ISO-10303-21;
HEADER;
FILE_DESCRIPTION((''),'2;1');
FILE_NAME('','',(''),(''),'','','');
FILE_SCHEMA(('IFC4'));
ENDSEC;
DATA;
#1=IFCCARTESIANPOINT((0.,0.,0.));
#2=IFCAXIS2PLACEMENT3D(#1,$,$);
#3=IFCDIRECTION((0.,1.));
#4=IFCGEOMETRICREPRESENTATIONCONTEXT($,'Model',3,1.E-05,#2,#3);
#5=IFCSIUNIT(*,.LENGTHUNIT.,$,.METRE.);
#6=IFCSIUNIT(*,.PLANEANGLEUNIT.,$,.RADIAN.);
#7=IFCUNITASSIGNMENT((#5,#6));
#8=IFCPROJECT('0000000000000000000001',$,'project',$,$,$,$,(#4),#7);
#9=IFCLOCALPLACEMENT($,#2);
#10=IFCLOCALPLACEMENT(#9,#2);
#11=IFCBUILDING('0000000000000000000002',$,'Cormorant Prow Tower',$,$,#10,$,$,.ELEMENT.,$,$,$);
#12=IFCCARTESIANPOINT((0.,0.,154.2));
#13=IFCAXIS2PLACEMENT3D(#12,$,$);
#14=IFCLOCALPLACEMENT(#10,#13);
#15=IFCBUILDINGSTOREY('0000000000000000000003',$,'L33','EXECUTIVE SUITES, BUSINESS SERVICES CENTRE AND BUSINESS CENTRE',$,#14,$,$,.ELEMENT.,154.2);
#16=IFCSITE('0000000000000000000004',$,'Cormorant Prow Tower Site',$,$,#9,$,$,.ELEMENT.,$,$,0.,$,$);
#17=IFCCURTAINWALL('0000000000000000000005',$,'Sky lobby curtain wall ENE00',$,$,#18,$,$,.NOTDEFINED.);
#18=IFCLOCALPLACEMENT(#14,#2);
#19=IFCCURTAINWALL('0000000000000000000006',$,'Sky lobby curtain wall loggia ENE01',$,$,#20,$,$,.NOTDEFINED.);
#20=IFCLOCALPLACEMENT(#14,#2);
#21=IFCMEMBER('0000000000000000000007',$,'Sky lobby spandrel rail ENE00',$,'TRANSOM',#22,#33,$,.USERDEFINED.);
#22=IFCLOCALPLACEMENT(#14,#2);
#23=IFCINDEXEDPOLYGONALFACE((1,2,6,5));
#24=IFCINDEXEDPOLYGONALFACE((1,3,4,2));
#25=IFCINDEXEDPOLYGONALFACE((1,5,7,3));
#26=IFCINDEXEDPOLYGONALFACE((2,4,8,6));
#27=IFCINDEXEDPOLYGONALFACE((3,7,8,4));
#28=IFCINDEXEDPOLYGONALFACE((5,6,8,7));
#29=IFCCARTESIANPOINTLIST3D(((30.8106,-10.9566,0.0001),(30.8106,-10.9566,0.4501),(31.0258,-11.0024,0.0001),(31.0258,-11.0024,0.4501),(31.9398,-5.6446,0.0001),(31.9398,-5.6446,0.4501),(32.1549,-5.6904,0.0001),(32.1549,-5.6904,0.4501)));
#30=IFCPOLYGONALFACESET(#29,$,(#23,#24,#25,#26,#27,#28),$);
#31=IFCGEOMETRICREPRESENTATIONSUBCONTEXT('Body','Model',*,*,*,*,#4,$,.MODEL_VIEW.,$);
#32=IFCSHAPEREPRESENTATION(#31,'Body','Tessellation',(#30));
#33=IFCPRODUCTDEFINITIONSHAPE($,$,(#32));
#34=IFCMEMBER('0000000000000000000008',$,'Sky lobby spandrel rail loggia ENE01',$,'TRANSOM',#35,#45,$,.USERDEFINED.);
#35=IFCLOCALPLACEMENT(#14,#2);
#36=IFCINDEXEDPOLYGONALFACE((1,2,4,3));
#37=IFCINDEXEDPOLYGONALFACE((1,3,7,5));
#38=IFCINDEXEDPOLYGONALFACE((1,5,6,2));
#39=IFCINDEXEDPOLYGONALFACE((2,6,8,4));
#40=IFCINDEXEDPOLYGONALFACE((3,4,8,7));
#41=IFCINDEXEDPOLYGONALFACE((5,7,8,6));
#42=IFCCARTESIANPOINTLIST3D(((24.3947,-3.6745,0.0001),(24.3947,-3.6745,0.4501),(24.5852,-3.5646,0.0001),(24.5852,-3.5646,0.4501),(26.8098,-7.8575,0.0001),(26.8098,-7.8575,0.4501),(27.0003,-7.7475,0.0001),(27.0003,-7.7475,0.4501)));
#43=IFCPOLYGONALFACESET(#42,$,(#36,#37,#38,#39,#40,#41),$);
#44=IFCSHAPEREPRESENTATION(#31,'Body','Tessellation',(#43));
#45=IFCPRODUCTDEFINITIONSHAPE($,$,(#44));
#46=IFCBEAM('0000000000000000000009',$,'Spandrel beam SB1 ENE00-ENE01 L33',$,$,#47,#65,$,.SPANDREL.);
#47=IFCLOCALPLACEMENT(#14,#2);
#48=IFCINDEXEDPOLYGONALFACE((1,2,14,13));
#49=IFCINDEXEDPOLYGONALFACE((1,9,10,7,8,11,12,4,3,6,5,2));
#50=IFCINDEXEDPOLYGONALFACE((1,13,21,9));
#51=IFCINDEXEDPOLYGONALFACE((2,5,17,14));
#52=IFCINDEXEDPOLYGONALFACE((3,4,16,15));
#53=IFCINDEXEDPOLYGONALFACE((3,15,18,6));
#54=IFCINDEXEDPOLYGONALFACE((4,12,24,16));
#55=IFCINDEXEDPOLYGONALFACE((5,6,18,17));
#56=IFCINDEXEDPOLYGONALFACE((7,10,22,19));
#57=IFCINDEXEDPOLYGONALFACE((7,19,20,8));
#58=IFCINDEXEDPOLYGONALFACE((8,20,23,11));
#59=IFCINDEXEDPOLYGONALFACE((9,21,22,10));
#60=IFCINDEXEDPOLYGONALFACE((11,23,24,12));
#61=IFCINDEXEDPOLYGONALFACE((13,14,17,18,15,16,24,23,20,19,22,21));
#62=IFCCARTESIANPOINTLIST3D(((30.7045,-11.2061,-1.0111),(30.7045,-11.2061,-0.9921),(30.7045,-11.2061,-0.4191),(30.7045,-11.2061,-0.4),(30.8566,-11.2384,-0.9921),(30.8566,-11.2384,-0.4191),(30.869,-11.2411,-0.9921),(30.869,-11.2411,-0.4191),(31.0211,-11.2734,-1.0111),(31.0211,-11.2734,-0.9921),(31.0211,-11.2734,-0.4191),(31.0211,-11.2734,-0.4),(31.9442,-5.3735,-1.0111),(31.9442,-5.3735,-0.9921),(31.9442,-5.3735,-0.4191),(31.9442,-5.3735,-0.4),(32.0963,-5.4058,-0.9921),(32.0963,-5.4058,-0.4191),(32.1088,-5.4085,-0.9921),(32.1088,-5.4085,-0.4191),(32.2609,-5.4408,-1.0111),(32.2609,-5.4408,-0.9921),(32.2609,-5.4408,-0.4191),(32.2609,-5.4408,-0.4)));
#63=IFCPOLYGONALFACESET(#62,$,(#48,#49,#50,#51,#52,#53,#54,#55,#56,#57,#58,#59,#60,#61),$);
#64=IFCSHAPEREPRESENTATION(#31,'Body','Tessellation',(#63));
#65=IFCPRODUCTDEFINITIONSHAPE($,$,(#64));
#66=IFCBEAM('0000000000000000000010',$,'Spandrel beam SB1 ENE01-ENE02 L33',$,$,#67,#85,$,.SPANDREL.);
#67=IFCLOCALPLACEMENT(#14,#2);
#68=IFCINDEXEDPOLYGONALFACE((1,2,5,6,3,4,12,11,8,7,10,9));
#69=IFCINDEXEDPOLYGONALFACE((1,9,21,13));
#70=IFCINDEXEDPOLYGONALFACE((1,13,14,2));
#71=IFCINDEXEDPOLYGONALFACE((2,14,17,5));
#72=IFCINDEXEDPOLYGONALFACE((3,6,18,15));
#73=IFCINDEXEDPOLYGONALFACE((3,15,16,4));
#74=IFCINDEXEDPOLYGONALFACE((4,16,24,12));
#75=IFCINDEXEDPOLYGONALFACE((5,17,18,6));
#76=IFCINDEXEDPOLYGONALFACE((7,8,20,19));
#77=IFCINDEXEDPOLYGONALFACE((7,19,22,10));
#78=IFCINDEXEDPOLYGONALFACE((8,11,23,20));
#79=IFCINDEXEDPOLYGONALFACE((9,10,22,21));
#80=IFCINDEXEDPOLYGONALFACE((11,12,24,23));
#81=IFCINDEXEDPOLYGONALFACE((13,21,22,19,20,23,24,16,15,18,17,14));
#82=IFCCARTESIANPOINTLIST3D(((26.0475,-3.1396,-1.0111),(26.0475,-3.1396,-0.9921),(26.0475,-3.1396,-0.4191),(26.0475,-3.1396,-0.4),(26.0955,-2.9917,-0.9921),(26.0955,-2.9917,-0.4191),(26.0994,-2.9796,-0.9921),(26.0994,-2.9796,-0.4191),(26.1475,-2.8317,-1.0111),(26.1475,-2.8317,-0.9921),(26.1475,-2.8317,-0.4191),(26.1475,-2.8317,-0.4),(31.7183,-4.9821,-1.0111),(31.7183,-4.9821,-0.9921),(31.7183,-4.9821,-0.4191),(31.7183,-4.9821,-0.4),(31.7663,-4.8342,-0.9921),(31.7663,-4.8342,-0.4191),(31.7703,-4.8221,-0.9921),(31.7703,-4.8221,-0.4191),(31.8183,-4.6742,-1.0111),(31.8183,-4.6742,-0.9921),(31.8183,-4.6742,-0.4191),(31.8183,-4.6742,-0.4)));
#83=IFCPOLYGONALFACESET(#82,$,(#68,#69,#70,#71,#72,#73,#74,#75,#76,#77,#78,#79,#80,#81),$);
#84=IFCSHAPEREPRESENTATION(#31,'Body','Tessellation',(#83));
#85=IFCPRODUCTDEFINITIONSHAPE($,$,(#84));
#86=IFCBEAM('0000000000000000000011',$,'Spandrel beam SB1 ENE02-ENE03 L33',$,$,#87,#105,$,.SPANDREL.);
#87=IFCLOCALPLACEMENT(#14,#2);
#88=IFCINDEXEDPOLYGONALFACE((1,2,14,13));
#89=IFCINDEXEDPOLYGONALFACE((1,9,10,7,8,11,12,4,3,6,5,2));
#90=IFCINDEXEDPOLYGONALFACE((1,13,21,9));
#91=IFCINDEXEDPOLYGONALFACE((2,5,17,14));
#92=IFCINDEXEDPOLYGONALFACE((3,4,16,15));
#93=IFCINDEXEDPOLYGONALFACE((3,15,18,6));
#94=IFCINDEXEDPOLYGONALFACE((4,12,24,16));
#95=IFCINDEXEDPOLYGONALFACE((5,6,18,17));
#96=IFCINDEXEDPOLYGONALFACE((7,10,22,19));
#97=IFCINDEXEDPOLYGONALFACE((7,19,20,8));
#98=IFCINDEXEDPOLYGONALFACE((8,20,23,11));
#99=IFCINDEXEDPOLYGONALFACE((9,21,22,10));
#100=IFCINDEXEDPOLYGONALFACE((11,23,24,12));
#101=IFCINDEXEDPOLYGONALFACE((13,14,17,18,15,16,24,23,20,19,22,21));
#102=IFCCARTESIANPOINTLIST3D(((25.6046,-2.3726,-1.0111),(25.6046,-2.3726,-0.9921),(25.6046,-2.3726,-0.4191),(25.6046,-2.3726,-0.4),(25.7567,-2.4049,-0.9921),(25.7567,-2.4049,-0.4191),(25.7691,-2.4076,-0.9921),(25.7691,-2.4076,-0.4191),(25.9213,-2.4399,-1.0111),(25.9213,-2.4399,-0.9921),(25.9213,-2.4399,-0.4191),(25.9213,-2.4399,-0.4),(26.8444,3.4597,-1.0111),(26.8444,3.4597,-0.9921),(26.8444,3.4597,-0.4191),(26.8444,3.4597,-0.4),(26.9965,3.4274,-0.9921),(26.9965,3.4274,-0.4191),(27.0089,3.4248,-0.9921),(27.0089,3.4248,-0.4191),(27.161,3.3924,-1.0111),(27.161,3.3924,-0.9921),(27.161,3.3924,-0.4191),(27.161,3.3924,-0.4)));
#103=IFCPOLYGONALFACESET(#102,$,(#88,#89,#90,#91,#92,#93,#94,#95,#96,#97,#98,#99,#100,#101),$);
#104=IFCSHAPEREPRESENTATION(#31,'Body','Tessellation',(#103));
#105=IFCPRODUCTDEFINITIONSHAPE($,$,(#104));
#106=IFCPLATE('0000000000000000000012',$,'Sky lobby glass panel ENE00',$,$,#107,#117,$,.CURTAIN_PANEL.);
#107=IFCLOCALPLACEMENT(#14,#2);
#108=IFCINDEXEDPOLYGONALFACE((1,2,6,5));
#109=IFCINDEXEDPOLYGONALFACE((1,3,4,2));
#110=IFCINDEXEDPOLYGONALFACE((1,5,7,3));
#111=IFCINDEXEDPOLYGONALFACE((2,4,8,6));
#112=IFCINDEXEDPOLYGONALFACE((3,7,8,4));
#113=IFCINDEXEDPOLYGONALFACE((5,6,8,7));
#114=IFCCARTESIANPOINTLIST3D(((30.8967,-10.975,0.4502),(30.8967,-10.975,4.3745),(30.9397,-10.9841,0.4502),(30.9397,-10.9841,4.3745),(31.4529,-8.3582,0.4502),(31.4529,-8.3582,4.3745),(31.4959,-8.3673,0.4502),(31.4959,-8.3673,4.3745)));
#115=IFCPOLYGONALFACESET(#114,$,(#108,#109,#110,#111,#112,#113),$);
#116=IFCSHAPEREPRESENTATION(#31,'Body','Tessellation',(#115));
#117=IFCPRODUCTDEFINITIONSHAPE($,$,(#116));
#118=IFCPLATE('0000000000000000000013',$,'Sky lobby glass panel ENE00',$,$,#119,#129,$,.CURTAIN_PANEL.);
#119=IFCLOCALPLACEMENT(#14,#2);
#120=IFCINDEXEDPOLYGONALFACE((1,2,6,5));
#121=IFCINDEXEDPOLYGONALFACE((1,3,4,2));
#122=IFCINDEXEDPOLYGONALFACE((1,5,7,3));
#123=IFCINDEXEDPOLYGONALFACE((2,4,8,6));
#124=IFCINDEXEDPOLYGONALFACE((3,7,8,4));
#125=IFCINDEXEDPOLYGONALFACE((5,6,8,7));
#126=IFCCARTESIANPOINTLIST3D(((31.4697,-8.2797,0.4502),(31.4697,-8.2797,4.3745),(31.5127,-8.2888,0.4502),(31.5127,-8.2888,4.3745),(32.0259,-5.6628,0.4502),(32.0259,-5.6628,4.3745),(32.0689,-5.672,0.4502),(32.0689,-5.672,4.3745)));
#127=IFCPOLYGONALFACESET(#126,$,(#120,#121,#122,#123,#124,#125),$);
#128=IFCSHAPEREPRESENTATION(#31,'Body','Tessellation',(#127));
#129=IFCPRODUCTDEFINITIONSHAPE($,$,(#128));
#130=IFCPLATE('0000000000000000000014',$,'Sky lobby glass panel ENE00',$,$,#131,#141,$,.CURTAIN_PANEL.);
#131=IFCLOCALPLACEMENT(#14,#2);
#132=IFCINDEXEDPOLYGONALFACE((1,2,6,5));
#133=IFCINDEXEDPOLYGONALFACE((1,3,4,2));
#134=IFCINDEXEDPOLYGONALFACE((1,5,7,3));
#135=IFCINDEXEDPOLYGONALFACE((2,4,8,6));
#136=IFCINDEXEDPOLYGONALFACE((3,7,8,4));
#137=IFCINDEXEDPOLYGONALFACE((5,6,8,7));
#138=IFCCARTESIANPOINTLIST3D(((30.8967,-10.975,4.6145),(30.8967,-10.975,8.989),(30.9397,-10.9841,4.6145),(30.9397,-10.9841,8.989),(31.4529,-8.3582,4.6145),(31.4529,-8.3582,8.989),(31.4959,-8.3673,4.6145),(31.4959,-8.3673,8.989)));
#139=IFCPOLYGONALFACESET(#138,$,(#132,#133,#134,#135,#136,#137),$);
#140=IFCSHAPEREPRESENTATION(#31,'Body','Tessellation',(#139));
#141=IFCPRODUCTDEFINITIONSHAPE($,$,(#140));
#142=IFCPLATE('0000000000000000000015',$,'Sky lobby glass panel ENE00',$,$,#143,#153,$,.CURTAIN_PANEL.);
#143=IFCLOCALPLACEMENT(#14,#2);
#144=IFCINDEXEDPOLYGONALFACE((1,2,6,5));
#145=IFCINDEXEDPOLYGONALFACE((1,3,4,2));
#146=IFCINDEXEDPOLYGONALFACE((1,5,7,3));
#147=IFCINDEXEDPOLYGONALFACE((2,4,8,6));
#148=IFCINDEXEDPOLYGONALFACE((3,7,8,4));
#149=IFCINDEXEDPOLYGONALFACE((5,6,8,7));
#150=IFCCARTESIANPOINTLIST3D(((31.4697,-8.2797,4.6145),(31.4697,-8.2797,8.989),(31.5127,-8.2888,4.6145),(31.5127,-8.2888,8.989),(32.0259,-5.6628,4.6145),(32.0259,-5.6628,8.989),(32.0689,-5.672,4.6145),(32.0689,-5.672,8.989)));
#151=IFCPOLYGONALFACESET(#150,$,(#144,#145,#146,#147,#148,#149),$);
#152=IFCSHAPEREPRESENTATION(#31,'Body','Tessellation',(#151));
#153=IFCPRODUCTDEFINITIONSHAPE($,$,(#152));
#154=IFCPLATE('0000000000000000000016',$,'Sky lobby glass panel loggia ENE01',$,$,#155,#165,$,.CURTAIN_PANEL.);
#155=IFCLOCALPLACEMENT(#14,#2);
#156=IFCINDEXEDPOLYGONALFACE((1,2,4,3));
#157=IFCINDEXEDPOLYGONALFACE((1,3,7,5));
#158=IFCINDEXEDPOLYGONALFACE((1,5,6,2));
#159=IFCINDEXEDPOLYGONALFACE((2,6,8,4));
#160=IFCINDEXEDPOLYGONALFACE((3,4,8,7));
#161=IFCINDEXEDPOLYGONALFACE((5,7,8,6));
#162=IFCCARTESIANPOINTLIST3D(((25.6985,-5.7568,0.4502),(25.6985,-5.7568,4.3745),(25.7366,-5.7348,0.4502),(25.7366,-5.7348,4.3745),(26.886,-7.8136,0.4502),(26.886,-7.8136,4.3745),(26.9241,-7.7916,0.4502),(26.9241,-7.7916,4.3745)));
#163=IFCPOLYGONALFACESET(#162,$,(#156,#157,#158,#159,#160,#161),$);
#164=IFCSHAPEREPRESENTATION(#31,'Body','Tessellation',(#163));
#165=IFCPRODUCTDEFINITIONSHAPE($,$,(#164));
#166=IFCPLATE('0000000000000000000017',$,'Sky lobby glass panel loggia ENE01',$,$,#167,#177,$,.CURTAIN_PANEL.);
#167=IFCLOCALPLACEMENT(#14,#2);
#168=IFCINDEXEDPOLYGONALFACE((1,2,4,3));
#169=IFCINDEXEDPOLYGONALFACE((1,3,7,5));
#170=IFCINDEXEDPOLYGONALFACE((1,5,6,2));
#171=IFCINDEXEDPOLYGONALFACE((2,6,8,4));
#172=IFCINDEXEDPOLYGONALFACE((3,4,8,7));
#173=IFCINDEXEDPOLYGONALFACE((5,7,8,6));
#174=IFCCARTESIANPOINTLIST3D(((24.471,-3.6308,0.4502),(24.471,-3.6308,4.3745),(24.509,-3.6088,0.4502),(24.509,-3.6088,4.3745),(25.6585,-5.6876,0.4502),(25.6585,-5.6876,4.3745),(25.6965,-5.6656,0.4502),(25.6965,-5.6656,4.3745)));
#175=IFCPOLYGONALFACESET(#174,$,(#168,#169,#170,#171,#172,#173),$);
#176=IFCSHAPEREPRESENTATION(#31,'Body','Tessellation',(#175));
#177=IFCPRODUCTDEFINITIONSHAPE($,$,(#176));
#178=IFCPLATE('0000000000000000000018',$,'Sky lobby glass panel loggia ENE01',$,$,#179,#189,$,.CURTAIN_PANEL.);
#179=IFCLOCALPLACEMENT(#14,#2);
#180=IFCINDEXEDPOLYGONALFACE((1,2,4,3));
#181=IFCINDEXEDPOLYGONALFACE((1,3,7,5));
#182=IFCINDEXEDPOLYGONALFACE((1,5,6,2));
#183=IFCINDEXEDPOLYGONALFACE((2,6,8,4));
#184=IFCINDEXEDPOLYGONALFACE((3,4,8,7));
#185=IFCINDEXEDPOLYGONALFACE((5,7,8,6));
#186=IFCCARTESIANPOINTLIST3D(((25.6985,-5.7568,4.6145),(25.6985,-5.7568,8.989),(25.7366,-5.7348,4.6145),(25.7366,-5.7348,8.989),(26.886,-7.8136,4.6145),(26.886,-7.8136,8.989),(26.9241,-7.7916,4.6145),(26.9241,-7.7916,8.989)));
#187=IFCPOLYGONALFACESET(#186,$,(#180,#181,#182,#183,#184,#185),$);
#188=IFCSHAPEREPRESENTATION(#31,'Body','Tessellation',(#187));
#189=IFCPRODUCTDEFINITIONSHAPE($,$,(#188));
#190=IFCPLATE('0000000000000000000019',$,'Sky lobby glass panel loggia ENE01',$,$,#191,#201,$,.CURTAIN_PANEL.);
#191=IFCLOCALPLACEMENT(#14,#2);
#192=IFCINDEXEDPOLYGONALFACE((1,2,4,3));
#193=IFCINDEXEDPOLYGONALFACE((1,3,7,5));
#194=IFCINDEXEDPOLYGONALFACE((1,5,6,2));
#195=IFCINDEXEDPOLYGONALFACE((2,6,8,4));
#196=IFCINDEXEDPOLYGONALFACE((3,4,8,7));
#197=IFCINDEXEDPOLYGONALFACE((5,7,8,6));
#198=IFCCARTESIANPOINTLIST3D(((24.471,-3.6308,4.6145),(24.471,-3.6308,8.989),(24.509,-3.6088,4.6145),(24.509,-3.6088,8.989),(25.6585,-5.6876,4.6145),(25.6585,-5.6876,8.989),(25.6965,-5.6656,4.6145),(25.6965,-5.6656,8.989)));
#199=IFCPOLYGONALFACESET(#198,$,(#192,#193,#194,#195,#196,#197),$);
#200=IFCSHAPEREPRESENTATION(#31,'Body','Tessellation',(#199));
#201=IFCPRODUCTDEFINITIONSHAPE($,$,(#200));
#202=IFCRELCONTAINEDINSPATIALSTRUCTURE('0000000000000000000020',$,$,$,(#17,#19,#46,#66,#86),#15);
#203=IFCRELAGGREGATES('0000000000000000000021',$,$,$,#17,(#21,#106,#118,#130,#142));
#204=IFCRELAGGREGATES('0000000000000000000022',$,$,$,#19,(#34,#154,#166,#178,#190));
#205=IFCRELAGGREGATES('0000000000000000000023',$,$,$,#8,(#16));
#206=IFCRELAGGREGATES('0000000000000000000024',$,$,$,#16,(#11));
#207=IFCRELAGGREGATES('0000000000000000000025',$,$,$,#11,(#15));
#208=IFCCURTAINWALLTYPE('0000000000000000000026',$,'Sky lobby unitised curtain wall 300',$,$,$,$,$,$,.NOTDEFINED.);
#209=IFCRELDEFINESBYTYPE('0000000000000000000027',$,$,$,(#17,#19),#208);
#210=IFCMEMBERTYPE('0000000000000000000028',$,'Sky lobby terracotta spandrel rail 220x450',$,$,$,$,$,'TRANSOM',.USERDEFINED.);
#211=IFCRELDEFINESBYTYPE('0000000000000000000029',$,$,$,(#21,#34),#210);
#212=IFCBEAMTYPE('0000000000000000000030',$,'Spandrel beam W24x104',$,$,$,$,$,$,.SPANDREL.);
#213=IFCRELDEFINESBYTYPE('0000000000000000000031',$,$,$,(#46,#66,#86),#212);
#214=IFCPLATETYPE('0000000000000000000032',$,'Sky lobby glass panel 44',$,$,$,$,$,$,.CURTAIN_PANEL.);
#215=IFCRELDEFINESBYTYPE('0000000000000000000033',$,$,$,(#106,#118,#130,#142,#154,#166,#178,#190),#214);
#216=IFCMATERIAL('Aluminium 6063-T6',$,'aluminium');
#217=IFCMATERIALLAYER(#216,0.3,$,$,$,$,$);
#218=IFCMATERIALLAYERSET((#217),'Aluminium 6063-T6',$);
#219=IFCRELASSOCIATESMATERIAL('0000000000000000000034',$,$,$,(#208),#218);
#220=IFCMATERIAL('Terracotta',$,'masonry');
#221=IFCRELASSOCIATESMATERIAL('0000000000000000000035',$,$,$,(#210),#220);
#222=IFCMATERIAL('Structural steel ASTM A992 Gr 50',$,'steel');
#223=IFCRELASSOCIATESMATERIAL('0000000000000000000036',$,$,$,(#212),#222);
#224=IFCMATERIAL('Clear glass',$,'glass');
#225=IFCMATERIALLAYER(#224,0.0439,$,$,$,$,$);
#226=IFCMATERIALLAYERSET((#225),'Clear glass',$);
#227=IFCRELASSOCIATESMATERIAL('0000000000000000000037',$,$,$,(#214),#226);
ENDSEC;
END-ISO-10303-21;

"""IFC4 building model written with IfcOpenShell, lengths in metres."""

from ifc_helpers import new_model, si_unit, direction, frame, origin, origin_2d, place, context, subcontext, project, spatial, rectangle, i_section, extrude, material, layer, layer_set, material_profile, profile_set, type_object, element, aggregate, save


model = new_model("IFC4")

# Units and contexts
model_context = context("Model", 3, precision=1e-05, world=origin(), true_north=direction((0.0, 1.0)))
body_context = subcontext(model_context, "Body", "Model", "MODEL_VIEW")
ifc_project = project(units=[si_unit("LENGTHUNIT", "METRE"), si_unit("PLANEANGLEUNIT", "RADIAN")], contexts=[model_context])

# Site, building, storey
site_placement = place(None, origin())
site = spatial("IfcSite", under=ifc_project, at=site_placement, Name="Cormorant Prow Tower Site", CompositionType="ELEMENT", RefElevation=0.0)
building_placement = place(site_placement, origin())
building = spatial("IfcBuilding", under=site, at=building_placement, Name="Cormorant Prow Tower", CompositionType="ELEMENT")
storey_placement = place(building_placement, frame((0.0, 0.0, 154.2)))
storey = spatial("IfcBuildingStorey", under=building, at=storey_placement, Name="L33", Description="EXECUTIVE SUITES, BUSINESS SERVICES CENTRE AND BUSINESS CENTRE", CompositionType="ELEMENT", Elevation=154.2)

# Curtain walls
ifc_material_1 = material(Name="Aluminium 6063-T6", Category="aluminium")
ifc_layer_1 = layer(ifc_material_1, 0.3)
ifc_layer_set_1 = layer_set([ifc_layer_1], Name="Aluminium 6063-T6")
curtain_wall_type = type_object("IfcCurtainWallType", Name="Sky lobby unitised curtain wall 300", PredefinedType="NOTDEFINED", material=ifc_layer_set_1)
curtain_wall_1_placement = place(storey_placement, origin())
curtain_wall_1 = element("IfcCurtainWall", 1, at=curtain_wall_1_placement, inside=storey, type_object=curtain_wall_type, Name="Sky lobby curtain wall ENE00", PredefinedType="NOTDEFINED")
curtain_wall_2_placement = place(storey_placement, origin())
curtain_wall_2 = element("IfcCurtainWall", 2, at=curtain_wall_2_placement, inside=storey, type_object=curtain_wall_type, Name="Sky lobby curtain wall loggia ENE01", PredefinedType="NOTDEFINED")

# Members
ifc_material_2 = material(Name="Terracotta", Category="masonry")
ifc_material_profile_1 = material_profile(ifc_material_2, rectangle(XDim=0.22, YDim=0.45, at=origin_2d()), Name="Sky lobby terracotta spandrel rail 220x450")
ifc_profile_set_1 = profile_set([ifc_material_profile_1], Name="Terracotta")
member_type_1 = type_object("IfcMemberType", Name="Sky lobby terracotta spandrel rail 220x450", ElementType="TRANSOM", PredefinedType="USERDEFINED", material=ifc_profile_set_1)
member_1_placement = place(storey_placement, frame((30.9182, -10.9795, 0.2251), z_axis=(0.20792, 0.978146, 0.0), x_axis=(-0.978146, 0.20792, 0.0)))
member_1 = element("IfcMember", 3, at=member_1_placement, type_object=member_type_1, Name="Sky lobby spandrel rail ENE00", ObjectType="TRANSOM", PredefinedType="USERDEFINED", context=body_context, shape_type="SweptSolid", body=[
    extrude(rectangle(XDim=0.22, YDim=0.45, at=origin_2d()), origin(), (0.0, 0.0, 1.0), 5.4307),
])
member_2_placement = place(storey_placement, frame((26.905, -7.8025, 0.2251), z_axis=(-0.50001, 0.86602, 0.0), x_axis=(-0.86602, -0.50001, 0.0)))
member_2 = element("IfcMember", 4, at=member_2_placement, type_object=member_type_1, Name="Sky lobby spandrel rail loggia ENE01", ObjectType="TRANSOM", PredefinedType="USERDEFINED", context=body_context, shape_type="SweptSolid", body=[
    extrude(rectangle(XDim=0.22, YDim=0.45, at=origin_2d()), origin(), (0.0, 0.0, 1.0), 4.8301),
])

# Beams
ifc_material_3 = material(Name="Structural steel ASTM A992 Gr 50", Category="steel")
ifc_material_profile_2 = material_profile(ifc_material_3, i_section(OverallWidth=0.3237, OverallDepth=0.6111, WebThickness=0.0127, FlangeThickness=0.019, at=origin_2d()), Name="W24x104")
ifc_profile_set_2 = profile_set([ifc_material_profile_2], Name="Structural steel ASTM A992 Gr 50")
beam_type = type_object("IfcBeamType", Name="Spandrel beam W24x104", PredefinedType="SPANDREL", material=ifc_profile_set_2)
beam_placement = place(storey_placement, frame((30.8628, -11.2397, -0.7056), z_axis=(0.207913, 0.978147, 0.0), x_axis=(-0.978147, 0.207913, 0.0)))
element("IfcBeam", 5, at=beam_placement, inside=storey, type_object=beam_type, Name="Spandrel beam SB1 ENE00-ENE01 L33", PredefinedType="SPANDREL", context=body_context, shape_type="SweptSolid", body=[
    extrude(i_section(OverallWidth=0.3237, OverallDepth=0.6111, WebThickness=0.0127, FlangeThickness=0.019, at=origin_2d()), origin(), (0.0, 0.0, 1.0), 5.9629),
])
for number, where, z_axis, x_axis, name in (
    (6, (31.7683, -4.8281, -0.7056), (-0.951059, 0.309008, 0.0), (-0.309008, -0.951059, 0.0), "Spandrel beam SB1 ENE01-ENE02 L33"),
    (7, (25.7629, -2.4062, -0.7056), (0.207921, 0.978146, 0.0), (-0.978146, 0.207921, 0.0), "Spandrel beam SB1 ENE02-ENE03 L33"),
):
    element("IfcBeam", number, at=place(storey_placement, frame(where, z_axis=z_axis, x_axis=x_axis)), inside=storey, type_object=beam_type, Name=name, PredefinedType="SPANDREL", context=body_context, shape_type="SweptSolid", body=[
        extrude(i_section(OverallWidth=0.3237, OverallDepth=0.6111, WebThickness=0.0127, FlangeThickness=0.019, at=origin_2d()), origin(), (0.0, 0.0, 1.0), 5.9626),
    ])

# Plates
ifc_material_4 = material(Name="Clear glass", Category="glass")
ifc_layer_2 = layer(ifc_material_4, 0.0439)
ifc_layer_set_2 = layer_set([ifc_layer_2], Name="Clear glass")
plate_type = type_object("IfcPlateType", Name="Sky lobby glass panel 44", PredefinedType="CURTAIN_PANEL", material=ifc_layer_set_2)
plate_1_placement = place(storey_placement, frame((31.1963, -9.6711, 0.4502), z_axis=(0.0, 0.0, 1.0), x_axis=(0.207912, 0.978148, 0.0)))
plate_1 = element("IfcPlate", 8, at=plate_1_placement, type_object=plate_type, Name="Sky lobby glass panel ENE00", PredefinedType="CURTAIN_PANEL", context=body_context, shape_type="SweptSolid", body=[
    extrude(rectangle(XDim=2.6753, YDim=0.0439, at=origin_2d()), origin(), (0.0, 0.0, 1.0), 3.9243),
])
plate_2_placement = place(storey_placement, frame((31.7693, -6.9758, 0.4502), z_axis=(0.0, 0.0, 1.0), x_axis=(0.207912, 0.978148, 0.0)))
plate_2 = element("IfcPlate", 9, at=plate_2_placement, type_object=plate_type, Name="Sky lobby glass panel ENE00", PredefinedType="CURTAIN_PANEL", context=body_context, shape_type="SweptSolid", body=[
    extrude(rectangle(XDim=2.6753, YDim=0.0439, at=origin_2d()), origin(), (0.0, 0.0, 1.0), 3.9243),
])
plate_3_placement = place(storey_placement, frame((31.1963, -9.6711, 4.6145), z_axis=(0.0, 0.0, 1.0), x_axis=(0.207912, 0.978148, 0.0)))
plate_3 = element("IfcPlate", 10, at=plate_3_placement, type_object=plate_type, Name="Sky lobby glass panel ENE00", PredefinedType="CURTAIN_PANEL", context=body_context, shape_type="SweptSolid", body=[
    extrude(rectangle(XDim=2.6753, YDim=0.0439, at=origin_2d()), origin(), (0.0, 0.0, 1.0), 4.3745),
])
plate_4_placement = place(storey_placement, frame((31.7693, -6.9758, 4.6145), z_axis=(0.0, 0.0, 1.0), x_axis=(0.207912, 0.978148, 0.0)))
plate_4 = element("IfcPlate", 11, at=plate_4_placement, type_object=plate_type, Name="Sky lobby glass panel ENE00", PredefinedType="CURTAIN_PANEL", context=body_context, shape_type="SweptSolid", body=[
    extrude(rectangle(XDim=2.6753, YDim=0.0439, at=origin_2d()), origin(), (0.0, 0.0, 1.0), 4.3745),
])
aggregate(curtain_wall_1, [member_1, plate_1, plate_2, plate_3, plate_4])
plate_5_placement = place(storey_placement, frame((26.3113, -6.7742, 0.4502), z_axis=(0.0, 0.0, 1.0), x_axis=(-0.5, 0.866025, 0.0)))
plate_5 = element("IfcPlate", 12, at=plate_5_placement, type_object=plate_type, Name="Sky lobby glass panel loggia ENE01", PredefinedType="CURTAIN_PANEL", context=body_context, shape_type="SweptSolid", body=[
    extrude(rectangle(XDim=2.375, YDim=0.0439, at=origin_2d()), origin(), (0.0, 0.0, 1.0), 3.9243),
])
plate_6_placement = place(storey_placement, frame((25.0837, -4.6482, 0.4502), z_axis=(0.0, 0.0, 1.0), x_axis=(-0.5, 0.866025, 0.0)))
plate_6 = element("IfcPlate", 13, at=plate_6_placement, type_object=plate_type, Name="Sky lobby glass panel loggia ENE01", PredefinedType="CURTAIN_PANEL", context=body_context, shape_type="SweptSolid", body=[
    extrude(rectangle(XDim=2.375, YDim=0.0439, at=origin_2d()), origin(), (0.0, 0.0, 1.0), 3.9243),
])
plate_7_placement = place(storey_placement, frame((26.3113, -6.7742, 4.6145), z_axis=(0.0, 0.0, 1.0), x_axis=(-0.5, 0.866025, 0.0)))
plate_7 = element("IfcPlate", 14, at=plate_7_placement, type_object=plate_type, Name="Sky lobby glass panel loggia ENE01", PredefinedType="CURTAIN_PANEL", context=body_context, shape_type="SweptSolid", body=[
    extrude(rectangle(XDim=2.375, YDim=0.0439, at=origin_2d()), origin(), (0.0, 0.0, 1.0), 4.3745),
])
plate_8_placement = place(storey_placement, frame((25.0837, -4.6482, 4.6145), z_axis=(0.0, 0.0, 1.0), x_axis=(-0.5, 0.866025, 0.0)))
plate_8 = element("IfcPlate", 15, at=plate_8_placement, type_object=plate_type, Name="Sky lobby glass panel loggia ENE01", PredefinedType="CURTAIN_PANEL", context=body_context, shape_type="SweptSolid", body=[
    extrude(rectangle(XDim=2.375, YDim=0.0439, at=origin_2d()), origin(), (0.0, 0.0, 1.0), 4.3745),
])
aggregate(curtain_wall_2, [member_2, plate_5, plate_6, plate_7, plate_8])

save(model, "model.ifc")
